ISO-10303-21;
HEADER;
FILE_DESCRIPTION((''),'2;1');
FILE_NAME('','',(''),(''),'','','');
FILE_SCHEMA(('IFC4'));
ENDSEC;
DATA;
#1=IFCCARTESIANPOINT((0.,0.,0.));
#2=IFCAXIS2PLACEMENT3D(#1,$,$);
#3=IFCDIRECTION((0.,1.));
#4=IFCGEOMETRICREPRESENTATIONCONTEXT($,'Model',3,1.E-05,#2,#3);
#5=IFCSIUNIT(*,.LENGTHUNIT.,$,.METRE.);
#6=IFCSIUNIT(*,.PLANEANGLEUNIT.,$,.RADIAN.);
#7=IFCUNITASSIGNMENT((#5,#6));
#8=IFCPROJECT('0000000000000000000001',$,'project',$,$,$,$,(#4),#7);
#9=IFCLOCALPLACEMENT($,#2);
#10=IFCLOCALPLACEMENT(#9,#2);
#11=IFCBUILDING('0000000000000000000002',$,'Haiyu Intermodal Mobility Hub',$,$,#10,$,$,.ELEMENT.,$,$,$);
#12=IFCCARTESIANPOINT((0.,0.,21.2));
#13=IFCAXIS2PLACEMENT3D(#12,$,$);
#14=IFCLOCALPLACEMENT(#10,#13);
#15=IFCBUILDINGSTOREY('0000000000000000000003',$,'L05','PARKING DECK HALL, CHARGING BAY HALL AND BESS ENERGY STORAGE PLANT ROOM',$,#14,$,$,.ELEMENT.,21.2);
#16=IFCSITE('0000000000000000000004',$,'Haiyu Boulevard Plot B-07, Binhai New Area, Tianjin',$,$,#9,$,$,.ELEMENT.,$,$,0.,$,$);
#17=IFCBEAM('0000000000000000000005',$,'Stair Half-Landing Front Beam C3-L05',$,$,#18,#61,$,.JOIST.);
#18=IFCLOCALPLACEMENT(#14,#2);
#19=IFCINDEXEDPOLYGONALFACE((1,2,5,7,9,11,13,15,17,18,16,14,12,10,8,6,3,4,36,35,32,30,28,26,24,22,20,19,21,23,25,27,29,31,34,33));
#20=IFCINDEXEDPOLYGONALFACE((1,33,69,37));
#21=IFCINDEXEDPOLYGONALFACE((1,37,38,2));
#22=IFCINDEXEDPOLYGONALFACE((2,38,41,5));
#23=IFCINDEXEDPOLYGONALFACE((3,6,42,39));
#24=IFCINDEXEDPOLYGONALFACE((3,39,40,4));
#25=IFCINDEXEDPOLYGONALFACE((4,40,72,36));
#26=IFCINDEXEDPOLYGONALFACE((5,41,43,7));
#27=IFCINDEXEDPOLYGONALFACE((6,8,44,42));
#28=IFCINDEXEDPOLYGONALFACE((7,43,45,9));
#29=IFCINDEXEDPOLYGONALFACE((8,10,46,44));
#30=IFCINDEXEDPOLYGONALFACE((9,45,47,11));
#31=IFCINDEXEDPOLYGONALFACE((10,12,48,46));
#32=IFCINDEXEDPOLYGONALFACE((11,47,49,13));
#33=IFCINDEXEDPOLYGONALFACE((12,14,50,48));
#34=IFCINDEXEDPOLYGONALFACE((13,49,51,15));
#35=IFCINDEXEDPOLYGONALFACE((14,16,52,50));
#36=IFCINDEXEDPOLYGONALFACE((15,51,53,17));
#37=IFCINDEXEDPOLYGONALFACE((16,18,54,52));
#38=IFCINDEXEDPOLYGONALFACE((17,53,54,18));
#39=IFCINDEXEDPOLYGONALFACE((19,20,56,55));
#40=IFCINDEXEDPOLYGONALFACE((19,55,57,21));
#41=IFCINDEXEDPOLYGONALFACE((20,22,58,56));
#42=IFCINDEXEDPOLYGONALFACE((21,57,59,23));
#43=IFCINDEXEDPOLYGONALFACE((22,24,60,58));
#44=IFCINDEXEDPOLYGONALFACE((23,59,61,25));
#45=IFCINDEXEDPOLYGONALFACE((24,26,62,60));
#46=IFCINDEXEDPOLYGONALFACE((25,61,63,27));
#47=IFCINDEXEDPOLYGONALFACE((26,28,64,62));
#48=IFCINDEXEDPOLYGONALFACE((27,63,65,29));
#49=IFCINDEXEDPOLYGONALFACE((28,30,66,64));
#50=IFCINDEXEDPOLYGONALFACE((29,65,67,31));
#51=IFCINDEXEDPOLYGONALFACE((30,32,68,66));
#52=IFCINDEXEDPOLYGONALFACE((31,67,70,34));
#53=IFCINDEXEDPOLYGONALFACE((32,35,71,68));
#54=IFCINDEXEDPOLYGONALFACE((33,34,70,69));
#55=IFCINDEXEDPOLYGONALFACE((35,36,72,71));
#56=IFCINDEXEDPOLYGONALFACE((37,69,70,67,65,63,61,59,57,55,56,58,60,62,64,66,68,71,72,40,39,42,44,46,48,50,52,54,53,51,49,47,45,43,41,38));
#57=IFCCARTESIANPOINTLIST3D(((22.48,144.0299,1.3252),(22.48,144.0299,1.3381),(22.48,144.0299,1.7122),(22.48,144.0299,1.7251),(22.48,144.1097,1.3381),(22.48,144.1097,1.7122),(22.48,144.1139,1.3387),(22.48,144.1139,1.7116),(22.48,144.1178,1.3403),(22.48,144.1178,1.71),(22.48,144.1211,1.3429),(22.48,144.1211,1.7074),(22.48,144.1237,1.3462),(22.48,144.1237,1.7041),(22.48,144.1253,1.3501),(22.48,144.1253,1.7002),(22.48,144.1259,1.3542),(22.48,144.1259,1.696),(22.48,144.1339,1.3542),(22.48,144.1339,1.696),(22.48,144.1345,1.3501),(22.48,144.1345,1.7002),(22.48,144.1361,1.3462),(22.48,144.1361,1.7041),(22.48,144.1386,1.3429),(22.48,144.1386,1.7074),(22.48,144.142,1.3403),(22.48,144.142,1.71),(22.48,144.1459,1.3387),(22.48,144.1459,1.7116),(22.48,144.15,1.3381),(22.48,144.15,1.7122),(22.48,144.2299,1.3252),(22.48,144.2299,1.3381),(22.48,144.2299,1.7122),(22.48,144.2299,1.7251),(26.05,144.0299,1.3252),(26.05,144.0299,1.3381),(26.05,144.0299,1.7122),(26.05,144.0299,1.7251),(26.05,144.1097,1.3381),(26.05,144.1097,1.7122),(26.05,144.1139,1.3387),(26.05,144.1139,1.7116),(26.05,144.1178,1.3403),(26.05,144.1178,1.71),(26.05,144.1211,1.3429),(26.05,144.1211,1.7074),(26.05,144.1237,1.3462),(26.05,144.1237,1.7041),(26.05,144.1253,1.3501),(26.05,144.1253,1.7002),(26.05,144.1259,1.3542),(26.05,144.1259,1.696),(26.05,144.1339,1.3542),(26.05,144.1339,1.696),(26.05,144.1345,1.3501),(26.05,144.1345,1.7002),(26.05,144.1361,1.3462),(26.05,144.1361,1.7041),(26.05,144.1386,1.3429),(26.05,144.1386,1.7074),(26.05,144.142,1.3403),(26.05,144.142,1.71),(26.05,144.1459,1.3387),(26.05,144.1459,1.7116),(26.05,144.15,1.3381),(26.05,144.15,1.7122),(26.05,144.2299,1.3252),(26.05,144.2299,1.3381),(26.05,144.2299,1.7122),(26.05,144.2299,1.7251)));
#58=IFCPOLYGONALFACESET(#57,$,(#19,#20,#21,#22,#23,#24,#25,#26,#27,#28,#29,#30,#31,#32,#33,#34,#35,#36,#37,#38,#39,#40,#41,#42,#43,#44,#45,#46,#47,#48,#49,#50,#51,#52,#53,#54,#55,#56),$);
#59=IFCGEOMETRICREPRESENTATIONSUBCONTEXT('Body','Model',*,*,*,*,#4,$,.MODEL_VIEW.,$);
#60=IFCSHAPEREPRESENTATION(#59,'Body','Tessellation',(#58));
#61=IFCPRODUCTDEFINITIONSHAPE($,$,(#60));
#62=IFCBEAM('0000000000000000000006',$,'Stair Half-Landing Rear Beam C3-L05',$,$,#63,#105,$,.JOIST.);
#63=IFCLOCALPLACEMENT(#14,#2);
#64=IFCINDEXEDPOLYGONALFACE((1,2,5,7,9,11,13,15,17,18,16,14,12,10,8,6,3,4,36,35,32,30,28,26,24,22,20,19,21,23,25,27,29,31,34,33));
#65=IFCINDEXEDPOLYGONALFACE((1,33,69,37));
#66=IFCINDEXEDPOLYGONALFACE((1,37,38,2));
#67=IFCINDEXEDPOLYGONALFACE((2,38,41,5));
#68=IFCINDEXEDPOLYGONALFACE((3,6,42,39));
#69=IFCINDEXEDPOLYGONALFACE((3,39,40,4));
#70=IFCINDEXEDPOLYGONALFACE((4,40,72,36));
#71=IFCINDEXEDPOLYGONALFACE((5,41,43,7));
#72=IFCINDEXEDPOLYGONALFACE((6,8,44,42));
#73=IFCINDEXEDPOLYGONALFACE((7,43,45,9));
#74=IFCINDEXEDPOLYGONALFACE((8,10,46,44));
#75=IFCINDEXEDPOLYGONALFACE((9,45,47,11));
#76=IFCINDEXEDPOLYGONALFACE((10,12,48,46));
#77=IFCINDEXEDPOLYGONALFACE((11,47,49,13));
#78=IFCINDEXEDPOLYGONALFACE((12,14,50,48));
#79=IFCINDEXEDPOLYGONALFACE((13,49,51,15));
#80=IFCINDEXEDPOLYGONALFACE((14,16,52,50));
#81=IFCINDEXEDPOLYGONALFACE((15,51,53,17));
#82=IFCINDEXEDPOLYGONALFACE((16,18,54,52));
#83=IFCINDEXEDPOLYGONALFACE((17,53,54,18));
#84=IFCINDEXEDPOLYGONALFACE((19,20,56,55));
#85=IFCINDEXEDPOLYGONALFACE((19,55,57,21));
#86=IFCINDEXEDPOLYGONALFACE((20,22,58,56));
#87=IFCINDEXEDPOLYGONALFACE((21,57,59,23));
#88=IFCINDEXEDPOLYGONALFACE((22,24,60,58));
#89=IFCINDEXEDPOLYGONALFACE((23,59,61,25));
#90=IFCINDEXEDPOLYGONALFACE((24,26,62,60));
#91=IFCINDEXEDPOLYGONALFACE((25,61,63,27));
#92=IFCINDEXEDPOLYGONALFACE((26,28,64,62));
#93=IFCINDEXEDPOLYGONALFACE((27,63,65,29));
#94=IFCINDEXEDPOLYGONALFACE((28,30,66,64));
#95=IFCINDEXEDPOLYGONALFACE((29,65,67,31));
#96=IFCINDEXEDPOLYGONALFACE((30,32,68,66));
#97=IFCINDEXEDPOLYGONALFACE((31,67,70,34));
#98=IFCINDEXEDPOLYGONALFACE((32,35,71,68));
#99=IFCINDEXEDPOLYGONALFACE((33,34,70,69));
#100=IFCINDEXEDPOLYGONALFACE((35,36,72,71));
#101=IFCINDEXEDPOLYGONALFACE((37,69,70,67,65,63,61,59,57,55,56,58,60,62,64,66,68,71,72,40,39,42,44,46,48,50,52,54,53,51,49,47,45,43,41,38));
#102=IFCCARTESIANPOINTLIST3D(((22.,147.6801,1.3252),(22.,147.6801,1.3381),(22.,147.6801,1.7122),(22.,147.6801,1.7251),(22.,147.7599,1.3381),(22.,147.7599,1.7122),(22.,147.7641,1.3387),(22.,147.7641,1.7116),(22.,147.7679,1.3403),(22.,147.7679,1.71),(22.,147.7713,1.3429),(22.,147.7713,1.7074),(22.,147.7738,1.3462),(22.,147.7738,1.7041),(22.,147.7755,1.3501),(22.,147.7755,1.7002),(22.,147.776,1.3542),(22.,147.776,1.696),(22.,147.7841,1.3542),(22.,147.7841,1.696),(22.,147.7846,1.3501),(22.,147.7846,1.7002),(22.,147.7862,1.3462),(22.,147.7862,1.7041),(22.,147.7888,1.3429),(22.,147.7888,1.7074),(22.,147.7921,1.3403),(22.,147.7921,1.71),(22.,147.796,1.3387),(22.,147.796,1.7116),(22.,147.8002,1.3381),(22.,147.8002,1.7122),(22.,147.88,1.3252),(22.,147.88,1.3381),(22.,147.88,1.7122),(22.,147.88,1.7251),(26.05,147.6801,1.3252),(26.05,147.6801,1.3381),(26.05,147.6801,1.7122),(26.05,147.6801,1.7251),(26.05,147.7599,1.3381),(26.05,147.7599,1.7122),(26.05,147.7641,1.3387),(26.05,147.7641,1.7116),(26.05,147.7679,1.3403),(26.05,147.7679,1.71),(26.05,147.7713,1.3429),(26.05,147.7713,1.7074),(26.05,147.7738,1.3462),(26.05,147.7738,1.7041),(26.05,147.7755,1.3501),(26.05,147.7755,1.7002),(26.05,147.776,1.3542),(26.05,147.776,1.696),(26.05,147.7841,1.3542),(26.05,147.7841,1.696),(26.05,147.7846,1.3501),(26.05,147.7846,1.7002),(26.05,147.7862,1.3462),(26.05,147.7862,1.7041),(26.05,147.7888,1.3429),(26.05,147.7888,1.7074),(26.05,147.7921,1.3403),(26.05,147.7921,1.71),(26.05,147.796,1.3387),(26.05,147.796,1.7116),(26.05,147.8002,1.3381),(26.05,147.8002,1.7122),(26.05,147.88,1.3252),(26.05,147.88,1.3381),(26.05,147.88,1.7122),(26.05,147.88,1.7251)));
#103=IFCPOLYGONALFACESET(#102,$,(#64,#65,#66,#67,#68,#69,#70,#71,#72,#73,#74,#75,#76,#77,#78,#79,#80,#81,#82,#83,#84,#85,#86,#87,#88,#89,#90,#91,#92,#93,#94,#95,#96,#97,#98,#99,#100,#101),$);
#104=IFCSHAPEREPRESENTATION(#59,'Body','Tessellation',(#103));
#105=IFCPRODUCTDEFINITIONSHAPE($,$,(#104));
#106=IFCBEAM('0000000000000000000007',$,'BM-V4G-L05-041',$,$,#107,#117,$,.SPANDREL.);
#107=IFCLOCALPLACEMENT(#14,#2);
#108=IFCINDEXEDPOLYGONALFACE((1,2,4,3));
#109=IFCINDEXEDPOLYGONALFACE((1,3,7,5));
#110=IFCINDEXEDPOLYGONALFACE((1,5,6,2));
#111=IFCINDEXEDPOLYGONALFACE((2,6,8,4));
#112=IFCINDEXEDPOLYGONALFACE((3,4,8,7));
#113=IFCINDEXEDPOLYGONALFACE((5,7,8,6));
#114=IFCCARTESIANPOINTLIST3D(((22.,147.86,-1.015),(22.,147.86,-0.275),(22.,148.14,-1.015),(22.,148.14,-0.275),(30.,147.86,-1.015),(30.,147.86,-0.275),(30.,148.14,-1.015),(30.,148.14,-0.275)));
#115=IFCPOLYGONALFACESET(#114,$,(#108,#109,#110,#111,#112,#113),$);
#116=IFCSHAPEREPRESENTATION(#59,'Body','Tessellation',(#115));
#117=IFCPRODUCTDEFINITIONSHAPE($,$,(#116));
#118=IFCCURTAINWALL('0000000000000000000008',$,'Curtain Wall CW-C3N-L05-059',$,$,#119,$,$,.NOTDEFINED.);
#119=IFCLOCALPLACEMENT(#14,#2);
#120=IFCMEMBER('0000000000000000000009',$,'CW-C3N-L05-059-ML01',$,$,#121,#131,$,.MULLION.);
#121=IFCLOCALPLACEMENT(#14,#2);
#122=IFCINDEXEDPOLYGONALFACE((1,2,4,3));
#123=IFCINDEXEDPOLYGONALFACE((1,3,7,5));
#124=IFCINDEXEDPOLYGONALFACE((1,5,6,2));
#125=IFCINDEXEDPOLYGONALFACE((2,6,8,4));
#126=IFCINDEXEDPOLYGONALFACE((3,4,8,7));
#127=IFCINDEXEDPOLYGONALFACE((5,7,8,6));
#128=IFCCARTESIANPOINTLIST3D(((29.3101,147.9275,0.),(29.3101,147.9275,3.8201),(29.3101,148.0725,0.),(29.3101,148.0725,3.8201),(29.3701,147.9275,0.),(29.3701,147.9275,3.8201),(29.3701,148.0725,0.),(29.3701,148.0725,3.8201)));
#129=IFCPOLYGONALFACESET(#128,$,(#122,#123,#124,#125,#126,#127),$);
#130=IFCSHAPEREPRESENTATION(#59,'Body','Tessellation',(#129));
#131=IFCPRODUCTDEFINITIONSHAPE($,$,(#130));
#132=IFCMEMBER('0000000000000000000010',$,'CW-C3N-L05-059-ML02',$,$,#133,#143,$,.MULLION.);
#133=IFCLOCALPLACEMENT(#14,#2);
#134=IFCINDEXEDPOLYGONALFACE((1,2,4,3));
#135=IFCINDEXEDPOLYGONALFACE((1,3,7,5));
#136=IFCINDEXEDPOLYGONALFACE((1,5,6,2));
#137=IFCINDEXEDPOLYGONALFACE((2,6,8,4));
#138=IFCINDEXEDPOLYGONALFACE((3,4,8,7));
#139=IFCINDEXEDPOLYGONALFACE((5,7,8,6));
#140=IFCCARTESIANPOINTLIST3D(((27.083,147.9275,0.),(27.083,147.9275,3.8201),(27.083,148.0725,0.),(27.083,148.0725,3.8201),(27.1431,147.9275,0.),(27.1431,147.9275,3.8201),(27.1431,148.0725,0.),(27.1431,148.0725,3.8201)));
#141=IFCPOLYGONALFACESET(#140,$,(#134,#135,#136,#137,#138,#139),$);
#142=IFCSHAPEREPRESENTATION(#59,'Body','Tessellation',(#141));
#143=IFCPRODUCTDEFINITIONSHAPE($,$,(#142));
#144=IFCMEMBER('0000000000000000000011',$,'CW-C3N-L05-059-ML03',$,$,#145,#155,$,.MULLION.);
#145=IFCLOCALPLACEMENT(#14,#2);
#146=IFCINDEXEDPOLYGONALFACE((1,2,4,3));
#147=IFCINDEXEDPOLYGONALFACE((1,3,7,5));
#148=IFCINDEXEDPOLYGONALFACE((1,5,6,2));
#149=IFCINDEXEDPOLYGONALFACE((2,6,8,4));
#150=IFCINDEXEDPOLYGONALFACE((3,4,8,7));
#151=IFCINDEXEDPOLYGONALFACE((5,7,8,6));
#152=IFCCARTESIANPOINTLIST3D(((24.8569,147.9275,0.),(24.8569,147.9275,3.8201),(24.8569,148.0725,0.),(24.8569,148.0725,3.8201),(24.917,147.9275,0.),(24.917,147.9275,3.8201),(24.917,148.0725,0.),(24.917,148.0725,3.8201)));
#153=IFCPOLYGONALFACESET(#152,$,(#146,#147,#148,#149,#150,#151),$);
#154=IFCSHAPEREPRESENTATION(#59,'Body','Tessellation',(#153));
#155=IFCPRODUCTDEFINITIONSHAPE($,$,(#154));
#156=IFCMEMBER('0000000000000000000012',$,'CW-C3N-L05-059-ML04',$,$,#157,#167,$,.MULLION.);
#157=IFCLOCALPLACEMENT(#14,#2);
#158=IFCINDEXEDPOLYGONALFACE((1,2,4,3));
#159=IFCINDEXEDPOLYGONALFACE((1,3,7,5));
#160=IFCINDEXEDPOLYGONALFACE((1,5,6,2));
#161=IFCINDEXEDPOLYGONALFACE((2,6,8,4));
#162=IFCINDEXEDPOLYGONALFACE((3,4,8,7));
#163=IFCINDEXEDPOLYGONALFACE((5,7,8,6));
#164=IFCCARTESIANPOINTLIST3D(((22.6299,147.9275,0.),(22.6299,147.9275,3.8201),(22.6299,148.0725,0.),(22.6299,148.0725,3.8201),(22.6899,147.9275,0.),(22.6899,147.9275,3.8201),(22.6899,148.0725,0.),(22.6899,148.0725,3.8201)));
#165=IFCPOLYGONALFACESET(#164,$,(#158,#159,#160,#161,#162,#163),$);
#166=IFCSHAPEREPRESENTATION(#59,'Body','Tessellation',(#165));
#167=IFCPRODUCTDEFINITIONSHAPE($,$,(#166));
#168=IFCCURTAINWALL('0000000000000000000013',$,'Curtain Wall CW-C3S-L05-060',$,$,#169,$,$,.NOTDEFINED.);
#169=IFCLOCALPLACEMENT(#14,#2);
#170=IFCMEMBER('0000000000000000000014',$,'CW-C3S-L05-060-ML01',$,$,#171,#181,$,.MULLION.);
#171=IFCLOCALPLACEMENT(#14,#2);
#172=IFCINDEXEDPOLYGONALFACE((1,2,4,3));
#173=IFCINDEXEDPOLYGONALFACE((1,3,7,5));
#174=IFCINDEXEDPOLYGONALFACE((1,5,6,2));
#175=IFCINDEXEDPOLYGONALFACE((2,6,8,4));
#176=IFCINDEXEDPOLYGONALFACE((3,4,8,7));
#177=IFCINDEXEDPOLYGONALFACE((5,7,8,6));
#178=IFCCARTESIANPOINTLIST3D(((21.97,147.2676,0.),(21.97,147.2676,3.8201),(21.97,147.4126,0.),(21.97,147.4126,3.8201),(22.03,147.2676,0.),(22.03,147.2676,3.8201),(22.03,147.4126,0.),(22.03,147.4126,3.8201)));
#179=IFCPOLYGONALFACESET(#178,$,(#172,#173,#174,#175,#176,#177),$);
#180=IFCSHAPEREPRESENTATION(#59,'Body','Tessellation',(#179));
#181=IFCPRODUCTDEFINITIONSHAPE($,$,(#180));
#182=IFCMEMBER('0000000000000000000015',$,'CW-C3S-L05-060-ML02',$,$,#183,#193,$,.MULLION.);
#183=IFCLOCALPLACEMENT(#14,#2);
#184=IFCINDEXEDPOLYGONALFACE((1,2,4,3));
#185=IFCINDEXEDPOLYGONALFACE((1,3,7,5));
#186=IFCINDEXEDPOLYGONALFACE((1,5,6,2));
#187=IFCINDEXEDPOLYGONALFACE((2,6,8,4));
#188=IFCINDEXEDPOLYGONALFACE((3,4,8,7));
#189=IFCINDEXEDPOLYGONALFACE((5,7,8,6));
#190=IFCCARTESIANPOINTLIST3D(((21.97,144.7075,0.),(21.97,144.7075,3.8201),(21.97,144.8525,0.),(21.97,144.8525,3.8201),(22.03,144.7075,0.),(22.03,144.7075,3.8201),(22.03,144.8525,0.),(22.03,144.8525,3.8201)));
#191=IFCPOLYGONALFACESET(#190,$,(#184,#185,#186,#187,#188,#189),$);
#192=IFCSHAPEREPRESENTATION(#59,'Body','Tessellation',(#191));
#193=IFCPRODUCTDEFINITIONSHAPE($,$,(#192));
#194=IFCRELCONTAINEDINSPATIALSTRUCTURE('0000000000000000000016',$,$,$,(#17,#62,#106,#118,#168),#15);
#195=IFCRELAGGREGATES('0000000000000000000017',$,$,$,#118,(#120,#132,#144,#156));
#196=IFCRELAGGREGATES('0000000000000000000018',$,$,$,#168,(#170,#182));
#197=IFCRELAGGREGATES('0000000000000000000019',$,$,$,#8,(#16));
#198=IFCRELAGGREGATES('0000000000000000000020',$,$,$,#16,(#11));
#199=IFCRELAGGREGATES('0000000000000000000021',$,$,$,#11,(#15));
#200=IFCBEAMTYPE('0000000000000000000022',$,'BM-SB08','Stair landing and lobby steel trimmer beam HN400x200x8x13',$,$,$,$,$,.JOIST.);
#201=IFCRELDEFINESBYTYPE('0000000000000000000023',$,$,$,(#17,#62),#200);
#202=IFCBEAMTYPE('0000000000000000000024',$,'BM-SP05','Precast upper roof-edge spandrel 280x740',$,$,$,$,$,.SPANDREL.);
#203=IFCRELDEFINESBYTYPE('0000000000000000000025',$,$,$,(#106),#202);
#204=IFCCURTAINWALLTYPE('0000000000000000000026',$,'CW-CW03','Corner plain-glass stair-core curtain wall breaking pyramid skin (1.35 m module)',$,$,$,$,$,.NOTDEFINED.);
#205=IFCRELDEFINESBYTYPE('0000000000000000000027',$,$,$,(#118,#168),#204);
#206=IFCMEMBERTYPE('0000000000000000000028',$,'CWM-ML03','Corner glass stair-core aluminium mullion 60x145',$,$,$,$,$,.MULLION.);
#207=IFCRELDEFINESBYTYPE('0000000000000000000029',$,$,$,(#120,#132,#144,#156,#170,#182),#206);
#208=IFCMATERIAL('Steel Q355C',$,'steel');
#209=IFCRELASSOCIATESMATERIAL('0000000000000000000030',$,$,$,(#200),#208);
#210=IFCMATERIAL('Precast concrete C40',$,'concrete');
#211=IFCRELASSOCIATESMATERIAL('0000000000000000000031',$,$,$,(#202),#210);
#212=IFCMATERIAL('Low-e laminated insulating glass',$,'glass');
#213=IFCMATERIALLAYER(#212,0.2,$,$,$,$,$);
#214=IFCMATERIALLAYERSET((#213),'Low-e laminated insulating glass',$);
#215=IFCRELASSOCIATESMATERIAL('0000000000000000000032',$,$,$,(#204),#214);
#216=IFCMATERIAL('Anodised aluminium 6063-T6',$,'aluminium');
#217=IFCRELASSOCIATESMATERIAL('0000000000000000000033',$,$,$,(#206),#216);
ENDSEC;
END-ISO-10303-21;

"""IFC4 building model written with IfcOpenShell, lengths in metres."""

from ifc_helpers import new_model, si_unit, direction, frame, origin, origin_2d, place, context, subcontext, project, spatial, rectangle, i_section, extrude, material, layer, layer_set, material_profile, profile_set, type_object, element, aggregate, save


model = new_model("IFC4")

# Units and contexts
model_context = context("Model", 3, precision=1e-05, world=origin(), true_north=direction((0.0, 1.0)))
body_context = subcontext(model_context, "Body", "Model", "MODEL_VIEW")
ifc_project = project(units=[si_unit("LENGTHUNIT", "METRE"), si_unit("PLANEANGLEUNIT", "RADIAN")], contexts=[model_context])

# Site, building, storey
site_placement = place(None, origin())
site = spatial("IfcSite", under=ifc_project, at=site_placement, Name="Haiyu Boulevard Plot B-07, Binhai New Area, Tianjin", CompositionType="ELEMENT", RefElevation=0.0)
building_placement = place(site_placement, origin())
building = spatial("IfcBuilding", under=site, at=building_placement, Name="Haiyu Intermodal Mobility Hub", CompositionType="ELEMENT")
storey_placement = place(building_placement, frame((0.0, 0.0, 21.2)))
storey = spatial("IfcBuildingStorey", under=building, at=storey_placement, Name="L05", Description="PARKING DECK HALL, CHARGING BAY HALL AND BESS ENERGY STORAGE PLANT ROOM", CompositionType="ELEMENT", Elevation=21.2)

# Shared definitions
ifc_material_1 = material(Name="Steel Q355C", Category="steel")

# Beams
ifc_material_profile_1 = material_profile(ifc_material_1, i_section(OverallWidth=0.2, OverallDepth=0.3999, WebThickness=0.0081, FlangeThickness=0.0129, FilletRadius=0.0161, at=origin_2d()), Name="HN400x200x8x13")
ifc_profile_set_1 = profile_set([ifc_material_profile_1], Name="Steel Q355C")
beam_type_1 = type_object("IfcBeamType", Name="BM-SB08", Description="Stair landing and lobby steel trimmer beam HN400x200x8x13", PredefinedType="JOIST", material=ifc_profile_set_1)
beam_1_placement = place(storey_placement, frame((22.48, 144.1299, 1.5251), z_axis=(1.0, 0.0, 0.0), x_axis=(0.0, 1.0, 0.0)))
element("IfcBeam", 1, at=beam_1_placement, inside=storey, type_object=beam_type_1, Name="Stair Half-Landing Front Beam C3-L05", PredefinedType="JOIST", context=body_context, shape_type="SweptSolid", body=[
    extrude(i_section(OverallWidth=0.2, OverallDepth=0.3999, WebThickness=0.0081, FlangeThickness=0.0129, FilletRadius=0.0161, at=origin_2d()), origin(), (0.0, 0.0, 1.0), 3.5701),
])
beam_2_placement = place(storey_placement, frame((22.0, 147.78, 1.5251), z_axis=(1.0, 0.0, 0.0), x_axis=(0.0, 1.0, 0.0)))
element("IfcBeam", 2, at=beam_2_placement, inside=storey, type_object=beam_type_1, Name="Stair Half-Landing Rear Beam C3-L05", PredefinedType="JOIST", context=body_context, shape_type="SweptSolid", body=[
    extrude(i_section(OverallWidth=0.2, OverallDepth=0.3999, WebThickness=0.0081, FlangeThickness=0.0129, FilletRadius=0.0161, at=origin_2d()), origin(), (0.0, 0.0, 1.0), 4.05),
])
ifc_material_2 = material(Name="Precast concrete C40", Category="concrete")
ifc_material_profile_2 = material_profile(ifc_material_2, rectangle(XDim=0.28, YDim=0.74, at=origin_2d()), Name="B280x740")
ifc_profile_set_2 = profile_set([ifc_material_profile_2], Name="Precast concrete C40")
beam_type_2 = type_object("IfcBeamType", Name="BM-SP05", Description="Precast upper roof-edge spandrel 280x740", PredefinedType="SPANDREL", material=ifc_profile_set_2)
beam_3_placement = place(storey_placement, frame((22.0, 148.0, -0.645), z_axis=(1.0, 0.0, 0.0), x_axis=(0.0, 1.0, 0.0)))
element("IfcBeam", 3, at=beam_3_placement, inside=storey, type_object=beam_type_2, Name="BM-V4G-L05-041", PredefinedType="SPANDREL", context=body_context, shape_type="SweptSolid", body=[
    extrude(rectangle(XDim=0.28, YDim=0.74, at=origin_2d()), origin(), (0.0, 0.0, 1.0), 8.0),
])

# Curtain walls, members
ifc_material_3 = material(Name="Low-e laminated insulating glass", Category="glass")
ifc_layer_1 = layer(ifc_material_3, 0.2)
ifc_layer_set_1 = layer_set([ifc_layer_1], Name="Low-e laminated insulating glass")
curtain_wall_type = type_object("IfcCurtainWallType", Name="CW-CW03", Description="Corner plain-glass stair-core curtain wall breaking pyramid skin (1.35 m module)", PredefinedType="NOTDEFINED", material=ifc_layer_set_1)
curtain_wall_1_placement = place(storey_placement, origin())
curtain_wall_1 = element("IfcCurtainWall", 4, at=curtain_wall_1_placement, inside=storey, type_object=curtain_wall_type, Name="Curtain Wall CW-C3N-L05-059", PredefinedType="NOTDEFINED")
ifc_material_4 = material(Name="Anodised aluminium 6063-T6", Category="aluminium")
ifc_material_profile_3 = material_profile(ifc_material_4, rectangle(XDim=0.0601, YDim=0.145, at=origin_2d()), Name="ALU60x145")
ifc_profile_set_3 = profile_set([ifc_material_profile_3], Name="Anodised aluminium 6063-T6")
member_type_1 = type_object("IfcMemberType", Name="CWM-ML03", Description="Corner glass stair-core aluminium mullion 60x145", PredefinedType="MULLION", material=ifc_profile_set_3)
member_1_placement = place(storey_placement, frame((29.3401, 148.0, 0.0), z_axis=(0.0, 0.0, 1.0), x_axis=(1.0, 0.0, 0.0)))
member_1 = element("IfcMember", 5, at=member_1_placement, type_object=member_type_1, Name="CW-C3N-L05-059-ML01", PredefinedType="MULLION", context=body_context, shape_type="SweptSolid", body=[
    extrude(rectangle(XDim=0.0601, YDim=0.145, at=origin_2d()), origin(), (0.0, 0.0, 1.0), 3.8201),
])
member_2_placement = place(storey_placement, frame((27.113, 148.0, 0.0), z_axis=(0.0, 0.0, 1.0), x_axis=(1.0, 0.0, 0.0)))
member_2 = element("IfcMember", 6, at=member_2_placement, type_object=member_type_1, Name="CW-C3N-L05-059-ML02", PredefinedType="MULLION", context=body_context, shape_type="SweptSolid", body=[
    extrude(rectangle(XDim=0.0601, YDim=0.145, at=origin_2d()), origin(), (0.0, 0.0, 1.0), 3.8201),
])
member_3_placement = place(storey_placement, frame((24.887, 148.0, 0.0), z_axis=(0.0, 0.0, 1.0), x_axis=(1.0, 0.0, 0.0)))
member_3 = element("IfcMember", 7, at=member_3_placement, type_object=member_type_1, Name="CW-C3N-L05-059-ML03", PredefinedType="MULLION", context=body_context, shape_type="SweptSolid", body=[
    extrude(rectangle(XDim=0.0601, YDim=0.145, at=origin_2d()), origin(), (0.0, 0.0, 1.0), 3.8201),
])
member_4_placement = place(storey_placement, frame((22.6599, 148.0, 0.0), z_axis=(0.0, 0.0, 1.0), x_axis=(1.0, 0.0, 0.0)))
member_4 = element("IfcMember", 8, at=member_4_placement, type_object=member_type_1, Name="CW-C3N-L05-059-ML04", PredefinedType="MULLION", context=body_context, shape_type="SweptSolid", body=[
    extrude(rectangle(XDim=0.0601, YDim=0.145, at=origin_2d()), origin(), (0.0, 0.0, 1.0), 3.8201),
])
curtain_wall_2_placement = place(storey_placement, origin())
curtain_wall_2 = element("IfcCurtainWall", 9, at=curtain_wall_2_placement, inside=storey, type_object=curtain_wall_type, Name="Curtain Wall CW-C3S-L05-060", PredefinedType="NOTDEFINED")
member_5_placement = place(storey_placement, frame((22.0, 147.3401, 0.0), z_axis=(0.0, 0.0, 1.0), x_axis=(1.0, 0.0, 0.0)))
member_5 = element("IfcMember", 10, at=member_5_placement, type_object=member_type_1, Name="CW-C3S-L05-060-ML01", PredefinedType="MULLION", context=body_context, shape_type="SweptSolid", body=[
    extrude(rectangle(XDim=0.0601, YDim=0.145, at=origin_2d()), origin(), (0.0, 0.0, 1.0), 3.8201),
])
member_6_placement = place(storey_placement, frame((22.0, 144.78, 0.0), z_axis=(0.0, 0.0, 1.0), x_axis=(1.0, 0.0, 0.0)))
member_6 = element("IfcMember", 11, at=member_6_placement, type_object=member_type_1, Name="CW-C3S-L05-060-ML02", PredefinedType="MULLION", context=body_context, shape_type="SweptSolid", body=[
    extrude(rectangle(XDim=0.0601, YDim=0.145, at=origin_2d()), origin(), (0.0, 0.0, 1.0), 3.8201),
])

aggregate(curtain_wall_1, [member_1, member_2, member_3, member_4])
aggregate(curtain_wall_2, [member_5, member_6])

save(model, "model.ifc")
